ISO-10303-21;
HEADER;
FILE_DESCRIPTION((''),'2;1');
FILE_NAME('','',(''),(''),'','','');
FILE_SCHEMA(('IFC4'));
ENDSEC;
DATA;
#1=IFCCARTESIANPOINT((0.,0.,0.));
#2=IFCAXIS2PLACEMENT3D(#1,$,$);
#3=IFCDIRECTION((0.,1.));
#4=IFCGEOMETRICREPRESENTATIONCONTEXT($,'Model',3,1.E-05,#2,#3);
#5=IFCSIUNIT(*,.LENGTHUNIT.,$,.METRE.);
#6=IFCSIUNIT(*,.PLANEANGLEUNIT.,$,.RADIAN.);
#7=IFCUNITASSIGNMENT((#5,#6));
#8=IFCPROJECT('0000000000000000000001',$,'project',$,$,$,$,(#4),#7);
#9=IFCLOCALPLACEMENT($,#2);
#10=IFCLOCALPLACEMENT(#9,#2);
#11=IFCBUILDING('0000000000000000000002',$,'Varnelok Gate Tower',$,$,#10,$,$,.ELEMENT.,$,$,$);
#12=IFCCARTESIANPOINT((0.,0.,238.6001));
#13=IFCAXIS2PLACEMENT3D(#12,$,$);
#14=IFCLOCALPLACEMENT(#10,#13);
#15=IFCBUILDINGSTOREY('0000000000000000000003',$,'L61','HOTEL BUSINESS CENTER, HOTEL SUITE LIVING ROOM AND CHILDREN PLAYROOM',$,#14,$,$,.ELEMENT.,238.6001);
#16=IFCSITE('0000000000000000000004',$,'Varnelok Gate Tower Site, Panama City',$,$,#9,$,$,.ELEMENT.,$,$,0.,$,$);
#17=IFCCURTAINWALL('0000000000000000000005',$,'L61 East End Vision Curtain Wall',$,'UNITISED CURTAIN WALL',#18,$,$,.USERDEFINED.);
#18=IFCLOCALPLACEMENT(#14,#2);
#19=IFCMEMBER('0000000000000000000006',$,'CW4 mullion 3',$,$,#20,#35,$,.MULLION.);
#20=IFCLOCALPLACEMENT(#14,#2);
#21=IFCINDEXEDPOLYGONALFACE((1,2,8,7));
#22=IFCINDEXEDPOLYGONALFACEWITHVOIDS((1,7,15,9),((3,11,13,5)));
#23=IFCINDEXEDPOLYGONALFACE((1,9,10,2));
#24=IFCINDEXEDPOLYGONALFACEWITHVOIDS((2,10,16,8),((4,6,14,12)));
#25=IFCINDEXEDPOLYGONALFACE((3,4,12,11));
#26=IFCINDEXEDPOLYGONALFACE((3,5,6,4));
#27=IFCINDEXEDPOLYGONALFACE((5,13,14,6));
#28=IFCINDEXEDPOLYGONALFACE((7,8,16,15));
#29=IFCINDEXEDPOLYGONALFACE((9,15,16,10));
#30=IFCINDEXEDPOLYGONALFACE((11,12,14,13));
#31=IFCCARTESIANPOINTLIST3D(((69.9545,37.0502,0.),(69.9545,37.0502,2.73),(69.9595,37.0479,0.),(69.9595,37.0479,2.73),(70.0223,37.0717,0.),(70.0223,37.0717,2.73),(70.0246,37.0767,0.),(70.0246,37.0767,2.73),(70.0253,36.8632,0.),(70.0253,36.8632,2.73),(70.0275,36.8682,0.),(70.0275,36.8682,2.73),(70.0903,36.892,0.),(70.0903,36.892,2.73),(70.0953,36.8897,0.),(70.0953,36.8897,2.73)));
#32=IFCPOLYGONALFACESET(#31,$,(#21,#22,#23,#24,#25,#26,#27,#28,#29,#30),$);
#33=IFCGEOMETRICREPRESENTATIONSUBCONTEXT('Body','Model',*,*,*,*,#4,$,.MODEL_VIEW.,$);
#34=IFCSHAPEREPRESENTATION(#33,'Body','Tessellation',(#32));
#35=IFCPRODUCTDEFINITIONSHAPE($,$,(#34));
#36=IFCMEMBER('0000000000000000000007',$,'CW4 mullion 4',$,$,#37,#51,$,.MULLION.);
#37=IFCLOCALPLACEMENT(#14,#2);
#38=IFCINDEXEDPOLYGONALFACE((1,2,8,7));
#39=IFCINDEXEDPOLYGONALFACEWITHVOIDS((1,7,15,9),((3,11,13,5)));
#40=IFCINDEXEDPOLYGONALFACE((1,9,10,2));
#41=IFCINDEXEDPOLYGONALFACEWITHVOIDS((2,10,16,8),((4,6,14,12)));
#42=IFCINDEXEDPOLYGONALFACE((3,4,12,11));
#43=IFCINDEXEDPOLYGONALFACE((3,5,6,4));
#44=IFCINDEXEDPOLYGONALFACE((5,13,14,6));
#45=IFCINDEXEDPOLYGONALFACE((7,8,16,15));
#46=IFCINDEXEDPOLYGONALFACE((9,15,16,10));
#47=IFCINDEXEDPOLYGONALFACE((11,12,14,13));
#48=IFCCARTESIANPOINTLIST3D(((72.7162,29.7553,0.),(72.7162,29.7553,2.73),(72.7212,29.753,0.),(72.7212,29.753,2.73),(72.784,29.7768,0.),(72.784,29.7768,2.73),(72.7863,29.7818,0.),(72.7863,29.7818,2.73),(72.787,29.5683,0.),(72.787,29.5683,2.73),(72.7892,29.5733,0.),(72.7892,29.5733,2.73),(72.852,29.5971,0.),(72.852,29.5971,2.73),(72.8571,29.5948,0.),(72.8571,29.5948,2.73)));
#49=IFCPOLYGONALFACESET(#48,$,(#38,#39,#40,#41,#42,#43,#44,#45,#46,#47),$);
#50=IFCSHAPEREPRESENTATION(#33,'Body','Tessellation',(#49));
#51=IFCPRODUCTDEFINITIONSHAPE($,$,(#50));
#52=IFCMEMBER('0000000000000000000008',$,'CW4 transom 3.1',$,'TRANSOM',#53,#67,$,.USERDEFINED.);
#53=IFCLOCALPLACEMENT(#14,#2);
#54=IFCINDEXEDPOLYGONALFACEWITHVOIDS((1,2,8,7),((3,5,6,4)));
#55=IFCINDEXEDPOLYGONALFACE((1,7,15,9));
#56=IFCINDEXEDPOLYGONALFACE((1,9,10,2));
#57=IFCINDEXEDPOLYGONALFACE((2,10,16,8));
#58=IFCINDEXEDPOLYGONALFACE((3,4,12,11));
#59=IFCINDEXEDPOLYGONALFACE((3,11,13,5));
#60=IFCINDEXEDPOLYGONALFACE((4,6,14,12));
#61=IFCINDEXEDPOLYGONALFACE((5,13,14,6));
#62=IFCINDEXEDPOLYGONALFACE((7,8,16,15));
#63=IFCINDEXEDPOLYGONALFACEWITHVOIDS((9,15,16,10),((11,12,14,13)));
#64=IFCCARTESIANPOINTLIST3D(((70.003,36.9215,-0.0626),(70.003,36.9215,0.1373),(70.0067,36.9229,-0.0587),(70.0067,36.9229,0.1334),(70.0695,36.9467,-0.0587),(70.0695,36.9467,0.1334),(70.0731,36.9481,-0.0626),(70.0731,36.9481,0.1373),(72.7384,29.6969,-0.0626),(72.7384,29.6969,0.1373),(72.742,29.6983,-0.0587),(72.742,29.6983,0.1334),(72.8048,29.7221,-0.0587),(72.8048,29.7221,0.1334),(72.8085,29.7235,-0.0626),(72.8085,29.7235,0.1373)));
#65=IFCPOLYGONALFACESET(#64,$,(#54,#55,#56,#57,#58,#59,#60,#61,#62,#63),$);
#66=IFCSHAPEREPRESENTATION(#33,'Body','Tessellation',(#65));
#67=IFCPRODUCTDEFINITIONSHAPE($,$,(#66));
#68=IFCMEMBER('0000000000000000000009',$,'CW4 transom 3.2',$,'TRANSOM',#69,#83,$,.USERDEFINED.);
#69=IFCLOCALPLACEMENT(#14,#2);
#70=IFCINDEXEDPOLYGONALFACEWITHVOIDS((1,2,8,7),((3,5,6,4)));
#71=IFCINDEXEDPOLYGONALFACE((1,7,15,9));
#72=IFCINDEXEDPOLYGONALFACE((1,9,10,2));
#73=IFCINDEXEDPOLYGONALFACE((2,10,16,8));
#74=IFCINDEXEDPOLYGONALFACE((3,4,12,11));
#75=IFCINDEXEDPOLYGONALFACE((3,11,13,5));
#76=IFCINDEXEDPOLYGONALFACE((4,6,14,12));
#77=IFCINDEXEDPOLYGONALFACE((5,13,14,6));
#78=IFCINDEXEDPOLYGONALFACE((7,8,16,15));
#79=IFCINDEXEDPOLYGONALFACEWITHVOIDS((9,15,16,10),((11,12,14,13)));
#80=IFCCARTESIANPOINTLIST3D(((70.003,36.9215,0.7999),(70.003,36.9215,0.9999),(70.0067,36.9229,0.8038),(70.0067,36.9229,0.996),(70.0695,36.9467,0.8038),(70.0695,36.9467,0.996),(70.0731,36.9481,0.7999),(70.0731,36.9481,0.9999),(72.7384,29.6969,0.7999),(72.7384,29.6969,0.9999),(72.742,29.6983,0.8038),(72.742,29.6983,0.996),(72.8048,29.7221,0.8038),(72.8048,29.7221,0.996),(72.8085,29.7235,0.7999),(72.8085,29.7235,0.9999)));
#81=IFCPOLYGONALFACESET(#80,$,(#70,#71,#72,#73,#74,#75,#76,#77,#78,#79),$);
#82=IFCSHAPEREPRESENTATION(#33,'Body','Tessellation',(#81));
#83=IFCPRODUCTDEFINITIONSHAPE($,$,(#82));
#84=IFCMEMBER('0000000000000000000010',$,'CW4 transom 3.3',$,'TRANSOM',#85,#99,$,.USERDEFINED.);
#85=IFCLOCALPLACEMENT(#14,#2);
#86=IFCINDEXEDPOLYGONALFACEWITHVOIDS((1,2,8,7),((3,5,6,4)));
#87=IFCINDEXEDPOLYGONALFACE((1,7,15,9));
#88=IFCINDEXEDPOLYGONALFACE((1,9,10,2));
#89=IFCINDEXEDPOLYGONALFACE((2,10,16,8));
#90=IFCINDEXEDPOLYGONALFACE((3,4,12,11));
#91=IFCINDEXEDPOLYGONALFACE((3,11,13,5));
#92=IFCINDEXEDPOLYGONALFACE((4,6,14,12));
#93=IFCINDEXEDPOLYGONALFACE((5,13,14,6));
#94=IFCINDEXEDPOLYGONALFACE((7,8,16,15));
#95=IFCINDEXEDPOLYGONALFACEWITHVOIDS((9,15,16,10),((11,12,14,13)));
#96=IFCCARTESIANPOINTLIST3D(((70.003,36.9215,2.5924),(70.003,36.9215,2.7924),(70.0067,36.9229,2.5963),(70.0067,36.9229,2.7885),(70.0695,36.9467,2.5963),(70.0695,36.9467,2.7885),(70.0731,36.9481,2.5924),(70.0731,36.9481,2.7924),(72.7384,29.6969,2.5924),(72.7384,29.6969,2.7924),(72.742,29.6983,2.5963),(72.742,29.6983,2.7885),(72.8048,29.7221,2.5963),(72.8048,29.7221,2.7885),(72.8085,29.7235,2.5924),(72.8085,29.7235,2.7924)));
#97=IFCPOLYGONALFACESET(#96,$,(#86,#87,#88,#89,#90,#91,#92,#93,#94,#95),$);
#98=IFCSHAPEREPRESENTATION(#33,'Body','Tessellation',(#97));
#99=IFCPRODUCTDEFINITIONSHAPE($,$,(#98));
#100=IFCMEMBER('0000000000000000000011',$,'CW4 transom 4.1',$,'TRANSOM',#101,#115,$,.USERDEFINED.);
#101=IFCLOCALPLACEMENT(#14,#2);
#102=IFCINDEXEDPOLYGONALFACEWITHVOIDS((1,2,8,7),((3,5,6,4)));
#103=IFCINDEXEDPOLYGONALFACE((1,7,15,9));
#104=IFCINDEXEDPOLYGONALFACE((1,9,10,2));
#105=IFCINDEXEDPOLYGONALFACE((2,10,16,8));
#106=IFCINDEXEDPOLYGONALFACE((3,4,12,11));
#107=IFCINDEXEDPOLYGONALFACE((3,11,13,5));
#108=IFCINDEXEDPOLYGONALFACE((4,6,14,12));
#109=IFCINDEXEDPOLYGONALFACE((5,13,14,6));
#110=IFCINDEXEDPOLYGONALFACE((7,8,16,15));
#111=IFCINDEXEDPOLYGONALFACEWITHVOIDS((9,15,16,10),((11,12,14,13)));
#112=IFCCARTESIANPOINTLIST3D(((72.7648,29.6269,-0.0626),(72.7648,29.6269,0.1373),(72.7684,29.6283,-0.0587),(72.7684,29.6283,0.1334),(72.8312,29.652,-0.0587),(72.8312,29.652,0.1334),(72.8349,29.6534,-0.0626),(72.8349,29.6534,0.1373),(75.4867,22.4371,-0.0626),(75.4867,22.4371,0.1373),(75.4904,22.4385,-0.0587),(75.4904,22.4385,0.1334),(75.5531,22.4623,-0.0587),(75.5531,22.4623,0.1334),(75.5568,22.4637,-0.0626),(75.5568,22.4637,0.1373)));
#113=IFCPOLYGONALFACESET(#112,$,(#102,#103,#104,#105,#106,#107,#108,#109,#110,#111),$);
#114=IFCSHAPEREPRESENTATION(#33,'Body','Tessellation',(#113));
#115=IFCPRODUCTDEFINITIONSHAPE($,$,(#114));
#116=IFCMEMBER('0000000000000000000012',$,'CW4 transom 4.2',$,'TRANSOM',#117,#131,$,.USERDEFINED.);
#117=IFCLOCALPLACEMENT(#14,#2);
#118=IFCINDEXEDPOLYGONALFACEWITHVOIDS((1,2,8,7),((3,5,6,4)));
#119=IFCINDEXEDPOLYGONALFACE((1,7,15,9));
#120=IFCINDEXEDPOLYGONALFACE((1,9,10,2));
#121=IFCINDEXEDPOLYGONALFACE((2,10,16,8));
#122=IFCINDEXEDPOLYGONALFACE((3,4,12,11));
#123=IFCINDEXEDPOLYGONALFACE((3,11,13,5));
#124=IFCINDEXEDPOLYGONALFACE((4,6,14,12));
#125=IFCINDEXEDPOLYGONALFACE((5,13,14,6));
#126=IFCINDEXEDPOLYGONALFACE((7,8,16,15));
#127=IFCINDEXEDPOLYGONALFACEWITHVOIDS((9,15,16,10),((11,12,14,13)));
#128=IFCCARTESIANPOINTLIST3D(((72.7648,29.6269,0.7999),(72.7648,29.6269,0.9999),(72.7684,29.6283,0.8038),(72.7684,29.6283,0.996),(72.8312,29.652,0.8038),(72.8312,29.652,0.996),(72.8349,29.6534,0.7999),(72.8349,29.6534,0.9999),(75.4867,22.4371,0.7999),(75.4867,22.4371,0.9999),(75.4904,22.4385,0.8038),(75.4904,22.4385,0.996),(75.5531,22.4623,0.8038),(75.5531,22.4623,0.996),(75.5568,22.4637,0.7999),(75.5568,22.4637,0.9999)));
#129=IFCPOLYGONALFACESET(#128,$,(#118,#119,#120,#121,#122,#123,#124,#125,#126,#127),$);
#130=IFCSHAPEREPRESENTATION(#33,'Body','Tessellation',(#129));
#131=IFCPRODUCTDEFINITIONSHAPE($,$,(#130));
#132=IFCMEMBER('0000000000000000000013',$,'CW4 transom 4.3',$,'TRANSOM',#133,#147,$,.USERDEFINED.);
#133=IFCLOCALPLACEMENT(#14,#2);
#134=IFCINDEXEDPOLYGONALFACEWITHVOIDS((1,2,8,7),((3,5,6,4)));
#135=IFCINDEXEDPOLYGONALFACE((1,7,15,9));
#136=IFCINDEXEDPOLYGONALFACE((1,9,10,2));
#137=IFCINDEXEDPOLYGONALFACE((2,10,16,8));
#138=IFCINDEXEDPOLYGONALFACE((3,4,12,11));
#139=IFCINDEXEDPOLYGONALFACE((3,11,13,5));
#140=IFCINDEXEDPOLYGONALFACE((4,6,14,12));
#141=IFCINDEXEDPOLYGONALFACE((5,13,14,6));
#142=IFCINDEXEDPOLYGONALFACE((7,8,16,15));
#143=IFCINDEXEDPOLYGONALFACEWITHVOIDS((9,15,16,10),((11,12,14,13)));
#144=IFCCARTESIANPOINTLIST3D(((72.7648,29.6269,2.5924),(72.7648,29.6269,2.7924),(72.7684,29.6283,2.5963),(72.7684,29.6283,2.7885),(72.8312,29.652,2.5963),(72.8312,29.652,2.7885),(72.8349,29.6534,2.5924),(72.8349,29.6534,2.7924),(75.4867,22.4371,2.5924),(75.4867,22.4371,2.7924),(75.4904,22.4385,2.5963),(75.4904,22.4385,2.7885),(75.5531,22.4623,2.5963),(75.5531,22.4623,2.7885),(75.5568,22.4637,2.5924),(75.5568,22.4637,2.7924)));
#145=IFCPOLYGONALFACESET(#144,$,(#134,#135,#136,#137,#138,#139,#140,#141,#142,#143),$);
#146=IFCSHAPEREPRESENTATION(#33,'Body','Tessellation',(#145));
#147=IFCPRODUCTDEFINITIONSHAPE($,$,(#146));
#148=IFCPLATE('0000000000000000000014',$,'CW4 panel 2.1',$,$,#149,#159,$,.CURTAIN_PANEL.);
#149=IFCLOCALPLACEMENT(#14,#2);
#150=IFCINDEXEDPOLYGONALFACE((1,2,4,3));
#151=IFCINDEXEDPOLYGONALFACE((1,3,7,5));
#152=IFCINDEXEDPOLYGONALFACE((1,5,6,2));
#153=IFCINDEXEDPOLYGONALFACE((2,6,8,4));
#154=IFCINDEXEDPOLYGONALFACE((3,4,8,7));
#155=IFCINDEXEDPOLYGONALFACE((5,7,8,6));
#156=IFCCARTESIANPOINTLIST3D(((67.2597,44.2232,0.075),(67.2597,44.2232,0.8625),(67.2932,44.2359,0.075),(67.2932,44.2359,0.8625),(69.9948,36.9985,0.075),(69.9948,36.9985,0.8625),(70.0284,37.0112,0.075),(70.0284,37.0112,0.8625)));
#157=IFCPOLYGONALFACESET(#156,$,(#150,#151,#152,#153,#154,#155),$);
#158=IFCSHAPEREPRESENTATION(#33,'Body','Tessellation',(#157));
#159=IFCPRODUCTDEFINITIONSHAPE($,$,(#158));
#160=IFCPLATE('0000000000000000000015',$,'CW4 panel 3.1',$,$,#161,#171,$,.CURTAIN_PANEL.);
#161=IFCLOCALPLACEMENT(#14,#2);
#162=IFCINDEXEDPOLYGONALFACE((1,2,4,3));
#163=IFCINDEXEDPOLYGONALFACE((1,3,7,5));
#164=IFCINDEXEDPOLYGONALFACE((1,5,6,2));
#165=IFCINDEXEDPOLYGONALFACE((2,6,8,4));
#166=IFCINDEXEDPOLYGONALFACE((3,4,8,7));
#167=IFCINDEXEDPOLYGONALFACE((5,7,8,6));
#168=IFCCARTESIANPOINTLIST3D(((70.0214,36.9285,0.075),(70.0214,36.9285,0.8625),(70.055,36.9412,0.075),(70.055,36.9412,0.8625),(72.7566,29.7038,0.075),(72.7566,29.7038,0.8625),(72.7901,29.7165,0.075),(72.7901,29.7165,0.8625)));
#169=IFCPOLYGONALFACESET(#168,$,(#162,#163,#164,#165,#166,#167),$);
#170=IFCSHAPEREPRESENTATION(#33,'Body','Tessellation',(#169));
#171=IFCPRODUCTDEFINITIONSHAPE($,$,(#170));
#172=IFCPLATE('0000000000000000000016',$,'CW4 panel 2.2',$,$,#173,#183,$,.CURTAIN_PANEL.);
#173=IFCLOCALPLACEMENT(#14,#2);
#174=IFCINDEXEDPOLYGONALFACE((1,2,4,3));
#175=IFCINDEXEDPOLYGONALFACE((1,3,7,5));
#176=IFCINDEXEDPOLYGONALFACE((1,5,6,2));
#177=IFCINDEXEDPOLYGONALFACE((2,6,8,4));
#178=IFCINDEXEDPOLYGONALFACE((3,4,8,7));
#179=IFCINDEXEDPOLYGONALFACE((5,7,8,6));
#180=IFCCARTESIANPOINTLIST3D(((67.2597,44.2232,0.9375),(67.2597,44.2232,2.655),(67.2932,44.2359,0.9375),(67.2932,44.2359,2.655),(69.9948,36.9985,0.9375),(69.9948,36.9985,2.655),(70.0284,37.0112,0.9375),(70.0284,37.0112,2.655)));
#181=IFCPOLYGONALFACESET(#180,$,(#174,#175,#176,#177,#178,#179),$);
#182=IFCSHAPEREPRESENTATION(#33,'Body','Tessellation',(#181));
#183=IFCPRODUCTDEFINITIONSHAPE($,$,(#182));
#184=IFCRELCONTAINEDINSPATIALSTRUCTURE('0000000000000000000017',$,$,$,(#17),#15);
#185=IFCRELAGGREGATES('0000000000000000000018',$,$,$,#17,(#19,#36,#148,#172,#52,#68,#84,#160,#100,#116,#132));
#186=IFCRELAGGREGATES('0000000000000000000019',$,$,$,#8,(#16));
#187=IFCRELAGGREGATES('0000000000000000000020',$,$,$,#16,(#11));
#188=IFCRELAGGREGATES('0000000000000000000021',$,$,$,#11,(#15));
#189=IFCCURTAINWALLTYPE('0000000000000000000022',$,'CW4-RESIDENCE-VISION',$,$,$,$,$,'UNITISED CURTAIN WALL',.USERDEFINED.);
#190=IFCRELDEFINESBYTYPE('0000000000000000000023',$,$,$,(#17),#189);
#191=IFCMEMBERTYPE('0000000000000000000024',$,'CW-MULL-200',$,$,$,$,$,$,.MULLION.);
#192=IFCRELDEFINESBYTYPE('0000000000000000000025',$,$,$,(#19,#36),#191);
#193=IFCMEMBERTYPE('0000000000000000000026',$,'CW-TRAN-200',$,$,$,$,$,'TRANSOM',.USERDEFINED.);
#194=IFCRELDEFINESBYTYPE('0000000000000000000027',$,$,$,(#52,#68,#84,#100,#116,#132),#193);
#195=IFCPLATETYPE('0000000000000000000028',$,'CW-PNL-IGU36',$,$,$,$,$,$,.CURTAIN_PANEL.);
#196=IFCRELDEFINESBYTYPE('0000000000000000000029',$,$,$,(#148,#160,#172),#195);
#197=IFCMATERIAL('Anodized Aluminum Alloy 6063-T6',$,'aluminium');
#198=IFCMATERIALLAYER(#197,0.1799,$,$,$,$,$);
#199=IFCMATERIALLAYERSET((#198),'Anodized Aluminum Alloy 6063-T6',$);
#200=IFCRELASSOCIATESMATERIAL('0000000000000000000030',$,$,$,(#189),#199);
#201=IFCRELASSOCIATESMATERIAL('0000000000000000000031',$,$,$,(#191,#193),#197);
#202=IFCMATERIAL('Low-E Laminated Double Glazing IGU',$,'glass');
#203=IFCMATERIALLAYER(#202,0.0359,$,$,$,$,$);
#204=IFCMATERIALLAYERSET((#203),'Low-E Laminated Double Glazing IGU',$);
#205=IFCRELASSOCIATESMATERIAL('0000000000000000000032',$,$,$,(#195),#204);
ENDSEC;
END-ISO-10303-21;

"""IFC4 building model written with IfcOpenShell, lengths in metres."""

from ifc_helpers import new_model, si_unit, direction, frame, origin, origin_2d, place, context, subcontext, project, spatial, rectangle, hollow_rectangle, extrude, source, transform, mapped, material, layer, layer_set, material_profile, profile_set, type_object, element, aggregate, save


model = new_model("IFC4")

# Units and contexts
model_context = context("Model", 3, precision=1e-05, world=origin(), true_north=direction((0.0, 1.0)))
body_context = subcontext(model_context, "Body", "Model", "MODEL_VIEW")
ifc_project = project(units=[si_unit("LENGTHUNIT", "METRE"), si_unit("PLANEANGLEUNIT", "RADIAN")], contexts=[model_context])

# Site, building, storey
site_placement = place(None, origin())
site = spatial("IfcSite", under=ifc_project, at=site_placement, Name="Varnelok Gate Tower Site, Panama City", CompositionType="ELEMENT", RefElevation=0.0)
building_placement = place(site_placement, origin())
building = spatial("IfcBuilding", under=site, at=building_placement, Name="Varnelok Gate Tower", CompositionType="ELEMENT")
storey_placement = place(building_placement, frame((0.0, 0.0, 238.6001)))
storey = spatial("IfcBuildingStorey", under=building, at=storey_placement, Name="L61", Description="HOTEL BUSINESS CENTER, HOTEL SUITE LIVING ROOM AND CHILDREN PLAYROOM", CompositionType="ELEMENT", Elevation=238.6001)

# Curtain wall, members, plates
ifc_material_1 = material(Name="Anodized Aluminum Alloy 6063-T6", Category="aluminium")
ifc_layer_1 = layer(ifc_material_1, 0.1799)
ifc_layer_set_1 = layer_set([ifc_layer_1], Name="Anodized Aluminum Alloy 6063-T6")
curtain_wall_type = type_object("IfcCurtainWallType", Name="CW4-RESIDENCE-VISION", ElementType="UNITISED CURTAIN WALL", PredefinedType="USERDEFINED", material=ifc_layer_set_1)
curtain_wall_placement = place(storey_placement, origin())
curtain_wall = element("IfcCurtainWall", 1, at=curtain_wall_placement, inside=storey, type_object=curtain_wall_type, Name="L61 East End Vision Curtain Wall", ObjectType="UNITISED CURTAIN WALL", PredefinedType="USERDEFINED")
ifc_material_profile_1 = material_profile(ifc_material_1, hollow_rectangle(XDim=0.075, YDim=0.2, WallThickness=0.0039, at=origin_2d()), Name="ALU200X75X4")
ifc_profile_set_1 = profile_set([ifc_material_profile_1], Name="Anodized Aluminum Alloy 6063-T6")
member_type_1 = type_object("IfcMemberType", Name="CW-MULL-200", PredefinedType="MULLION", material=ifc_profile_set_1)
member_1_placement = place(storey_placement, frame((70.0249, 36.97, 0.0), z_axis=(0.0, 0.0, 1.0), x_axis=(0.935222, 0.354063, 0.0)))
member_1 = element("IfcMember", 2, at=member_1_placement, type_object=member_type_1, Name="CW4 mullion 3", PredefinedType="MULLION", context=body_context, shape_type="SweptSolid", body=[
    extrude(hollow_rectangle(XDim=0.075, YDim=0.2, WallThickness=0.0039, at=origin_2d()), origin(), (0.0, 0.0, 1.0), 2.73),
])
member_2_placement = place(storey_placement, frame((72.7866, 29.675, 0.0), z_axis=(0.0, 0.0, 1.0), x_axis=(0.935222, 0.354063, 0.0)))
member_2 = element("IfcMember", 3, at=member_2_placement, type_object=member_type_1, Name="CW4 mullion 4", PredefinedType="MULLION", context=body_context, shape_type="SweptSolid", body=[
    extrude(hollow_rectangle(XDim=0.075, YDim=0.2, WallThickness=0.0039, at=origin_2d()), origin(), (0.0, 0.0, 1.0), 2.73),
])
ifc_material_profile_2 = material_profile(ifc_material_1, hollow_rectangle(XDim=0.075, YDim=0.2, WallThickness=0.0039, at=origin_2d()), Name="ALU200X75X4")
ifc_profile_set_2 = profile_set([ifc_material_profile_2], Name="Anodized Aluminum Alloy 6063-T6")
member_type_2 = type_object("IfcMemberType", Name="CW-TRAN-200", ElementType="TRANSOM", PredefinedType="USERDEFINED", material=ifc_profile_set_2)
member_3_placement = place(storey_placement, frame((70.0381, 36.9348, 0.0374), z_axis=(0.354086, -0.935213, 0.0), x_axis=(0.935213, 0.354086, 0.0)))
member_3 = element("IfcMember", 4, at=member_3_placement, type_object=member_type_2, Name="CW4 transom 3.1", ObjectType="TRANSOM", PredefinedType="USERDEFINED", context=body_context, shape_type="SweptSolid", body=[
    extrude(hollow_rectangle(XDim=0.075, YDim=0.2, WallThickness=0.0039, at=origin_2d()), origin(), (0.0, 0.0, 1.0), 7.7251),
])
member_4_placement = place(storey_placement, frame((70.0381, 36.9348, 0.8999), z_axis=(0.354086, -0.935213, 0.0), x_axis=(0.935213, 0.354086, 0.0)))
member_4 = element("IfcMember", 5, at=member_4_placement, type_object=member_type_2, Name="CW4 transom 3.2", ObjectType="TRANSOM", PredefinedType="USERDEFINED", context=body_context, shape_type="SweptSolid", body=[
    extrude(hollow_rectangle(XDim=0.075, YDim=0.2, WallThickness=0.0039, at=origin_2d()), origin(), (0.0, 0.0, 1.0), 7.7251),
])
member_5_placement = place(storey_placement, frame((70.0381, 36.9348, 2.6924), z_axis=(0.354086, -0.935213, 0.0), x_axis=(0.935213, 0.354086, 0.0)))
member_5 = element("IfcMember", 6, at=member_5_placement, type_object=member_type_2, Name="CW4 transom 3.3", ObjectType="TRANSOM", PredefinedType="USERDEFINED", context=body_context, shape_type="SweptSolid", body=[
    extrude(hollow_rectangle(XDim=0.075, YDim=0.2, WallThickness=0.0039, at=origin_2d()), origin(), (0.0, 0.0, 1.0), 7.7251),
])
member_6_placement = place(storey_placement, frame((72.7998, 29.6401, 0.0374), z_axis=(0.354063, -0.935222, 0.0), x_axis=(0.935222, 0.354063, 0.0)))
member_6 = element("IfcMember", 7, at=member_6_placement, type_object=member_type_2, Name="CW4 transom 4.1", ObjectType="TRANSOM", PredefinedType="USERDEFINED", context=body_context, shape_type="SweptSolid", body=[
    extrude(hollow_rectangle(XDim=0.075, YDim=0.2, WallThickness=0.0039, at=origin_2d()), origin(), (0.0, 0.0, 1.0), 7.6877),
])
member_7_placement = place(storey_placement, frame((72.7998, 29.6401, 0.8999), z_axis=(0.354063, -0.935222, 0.0), x_axis=(0.935222, 0.354063, 0.0)))
member_7 = element("IfcMember", 8, at=member_7_placement, type_object=member_type_2, Name="CW4 transom 4.2", ObjectType="TRANSOM", PredefinedType="USERDEFINED", context=body_context, shape_type="SweptSolid", body=[
    extrude(hollow_rectangle(XDim=0.075, YDim=0.2, WallThickness=0.0039, at=origin_2d()), origin(), (0.0, 0.0, 1.0), 7.6877),
])
member_8_placement = place(storey_placement, frame((72.7998, 29.6401, 2.6924), z_axis=(0.354063, -0.935222, 0.0), x_axis=(0.935222, 0.354063, 0.0)))
member_8 = element("IfcMember", 9, at=member_8_placement, type_object=member_type_2, Name="CW4 transom 4.3", ObjectType="TRANSOM", PredefinedType="USERDEFINED", context=body_context, shape_type="SweptSolid", body=[
    extrude(hollow_rectangle(XDim=0.075, YDim=0.2, WallThickness=0.0039, at=origin_2d()), origin(), (0.0, 0.0, 1.0), 7.6877),
])
ifc_material_2 = material(Name="Low-E Laminated Double Glazing IGU", Category="glass")
ifc_layer_2 = layer(ifc_material_2, 0.0359)
ifc_layer_set_2 = layer_set([ifc_layer_2], Name="Low-E Laminated Double Glazing IGU")
plate_type = type_object("IfcPlateType", Name="CW-PNL-IGU36", PredefinedType="CURTAIN_PANEL", material=ifc_layer_set_2)
shared_shape_1 = source(origin(), body_context, "Body", "SweptSolid", [
    extrude(rectangle(XDim=7.7251, YDim=0.0359, at=origin_2d()), origin(), (0.0, 0.0, 1.0), 0.7876),
])
plate_1_placement = place(storey_placement, frame((68.644, 40.6172, 0.075), z_axis=(0.0, 0.0, 1.0), x_axis=(0.354063, -0.935222, 0.0)))
plate_1 = element("IfcPlate", 10, at=plate_1_placement, type_object=plate_type, Name="CW4 panel 2.1", PredefinedType="CURTAIN_PANEL", context=body_context, shape_type="MappedRepresentation", body=[
    mapped(shared_shape_1, transform((0.0, 0.0, 0.0), scale=1.0)),
])
plate_2_placement = place(storey_placement, frame((71.4058, 33.3225, 0.075), z_axis=(0.0, 0.0, 1.0), x_axis=(0.354063, -0.935222, 0.0)))
plate_2 = element("IfcPlate", 11, at=plate_2_placement, type_object=plate_type, Name="CW4 panel 3.1", PredefinedType="CURTAIN_PANEL", context=body_context, shape_type="MappedRepresentation", body=[
    mapped(shared_shape_1, transform((0.0, 0.0, 0.0), scale=1.0)),
])
shared_shape_2 = source(origin(), body_context, "Body", "SweptSolid", [
    extrude(rectangle(XDim=7.7251, YDim=0.0359, at=origin_2d()), origin(), (0.0, 0.0, 1.0), 1.7175),
])
plate_3_placement = place(storey_placement, frame((68.644, 40.6172, 0.9375), z_axis=(0.0, 0.0, 1.0), x_axis=(0.354063, -0.935222, 0.0)))
plate_3 = element("IfcPlate", 12, at=plate_3_placement, type_object=plate_type, Name="CW4 panel 2.2", PredefinedType="CURTAIN_PANEL", context=body_context, shape_type="MappedRepresentation", body=[
    mapped(shared_shape_2, transform((0.0, 0.0, 0.0), scale=1.0)),
])
aggregate(curtain_wall, [member_1, member_2, plate_1, plate_3, member_3, member_4, member_5, plate_2, member_6, member_7, member_8])

save(model, "model.ifc")
